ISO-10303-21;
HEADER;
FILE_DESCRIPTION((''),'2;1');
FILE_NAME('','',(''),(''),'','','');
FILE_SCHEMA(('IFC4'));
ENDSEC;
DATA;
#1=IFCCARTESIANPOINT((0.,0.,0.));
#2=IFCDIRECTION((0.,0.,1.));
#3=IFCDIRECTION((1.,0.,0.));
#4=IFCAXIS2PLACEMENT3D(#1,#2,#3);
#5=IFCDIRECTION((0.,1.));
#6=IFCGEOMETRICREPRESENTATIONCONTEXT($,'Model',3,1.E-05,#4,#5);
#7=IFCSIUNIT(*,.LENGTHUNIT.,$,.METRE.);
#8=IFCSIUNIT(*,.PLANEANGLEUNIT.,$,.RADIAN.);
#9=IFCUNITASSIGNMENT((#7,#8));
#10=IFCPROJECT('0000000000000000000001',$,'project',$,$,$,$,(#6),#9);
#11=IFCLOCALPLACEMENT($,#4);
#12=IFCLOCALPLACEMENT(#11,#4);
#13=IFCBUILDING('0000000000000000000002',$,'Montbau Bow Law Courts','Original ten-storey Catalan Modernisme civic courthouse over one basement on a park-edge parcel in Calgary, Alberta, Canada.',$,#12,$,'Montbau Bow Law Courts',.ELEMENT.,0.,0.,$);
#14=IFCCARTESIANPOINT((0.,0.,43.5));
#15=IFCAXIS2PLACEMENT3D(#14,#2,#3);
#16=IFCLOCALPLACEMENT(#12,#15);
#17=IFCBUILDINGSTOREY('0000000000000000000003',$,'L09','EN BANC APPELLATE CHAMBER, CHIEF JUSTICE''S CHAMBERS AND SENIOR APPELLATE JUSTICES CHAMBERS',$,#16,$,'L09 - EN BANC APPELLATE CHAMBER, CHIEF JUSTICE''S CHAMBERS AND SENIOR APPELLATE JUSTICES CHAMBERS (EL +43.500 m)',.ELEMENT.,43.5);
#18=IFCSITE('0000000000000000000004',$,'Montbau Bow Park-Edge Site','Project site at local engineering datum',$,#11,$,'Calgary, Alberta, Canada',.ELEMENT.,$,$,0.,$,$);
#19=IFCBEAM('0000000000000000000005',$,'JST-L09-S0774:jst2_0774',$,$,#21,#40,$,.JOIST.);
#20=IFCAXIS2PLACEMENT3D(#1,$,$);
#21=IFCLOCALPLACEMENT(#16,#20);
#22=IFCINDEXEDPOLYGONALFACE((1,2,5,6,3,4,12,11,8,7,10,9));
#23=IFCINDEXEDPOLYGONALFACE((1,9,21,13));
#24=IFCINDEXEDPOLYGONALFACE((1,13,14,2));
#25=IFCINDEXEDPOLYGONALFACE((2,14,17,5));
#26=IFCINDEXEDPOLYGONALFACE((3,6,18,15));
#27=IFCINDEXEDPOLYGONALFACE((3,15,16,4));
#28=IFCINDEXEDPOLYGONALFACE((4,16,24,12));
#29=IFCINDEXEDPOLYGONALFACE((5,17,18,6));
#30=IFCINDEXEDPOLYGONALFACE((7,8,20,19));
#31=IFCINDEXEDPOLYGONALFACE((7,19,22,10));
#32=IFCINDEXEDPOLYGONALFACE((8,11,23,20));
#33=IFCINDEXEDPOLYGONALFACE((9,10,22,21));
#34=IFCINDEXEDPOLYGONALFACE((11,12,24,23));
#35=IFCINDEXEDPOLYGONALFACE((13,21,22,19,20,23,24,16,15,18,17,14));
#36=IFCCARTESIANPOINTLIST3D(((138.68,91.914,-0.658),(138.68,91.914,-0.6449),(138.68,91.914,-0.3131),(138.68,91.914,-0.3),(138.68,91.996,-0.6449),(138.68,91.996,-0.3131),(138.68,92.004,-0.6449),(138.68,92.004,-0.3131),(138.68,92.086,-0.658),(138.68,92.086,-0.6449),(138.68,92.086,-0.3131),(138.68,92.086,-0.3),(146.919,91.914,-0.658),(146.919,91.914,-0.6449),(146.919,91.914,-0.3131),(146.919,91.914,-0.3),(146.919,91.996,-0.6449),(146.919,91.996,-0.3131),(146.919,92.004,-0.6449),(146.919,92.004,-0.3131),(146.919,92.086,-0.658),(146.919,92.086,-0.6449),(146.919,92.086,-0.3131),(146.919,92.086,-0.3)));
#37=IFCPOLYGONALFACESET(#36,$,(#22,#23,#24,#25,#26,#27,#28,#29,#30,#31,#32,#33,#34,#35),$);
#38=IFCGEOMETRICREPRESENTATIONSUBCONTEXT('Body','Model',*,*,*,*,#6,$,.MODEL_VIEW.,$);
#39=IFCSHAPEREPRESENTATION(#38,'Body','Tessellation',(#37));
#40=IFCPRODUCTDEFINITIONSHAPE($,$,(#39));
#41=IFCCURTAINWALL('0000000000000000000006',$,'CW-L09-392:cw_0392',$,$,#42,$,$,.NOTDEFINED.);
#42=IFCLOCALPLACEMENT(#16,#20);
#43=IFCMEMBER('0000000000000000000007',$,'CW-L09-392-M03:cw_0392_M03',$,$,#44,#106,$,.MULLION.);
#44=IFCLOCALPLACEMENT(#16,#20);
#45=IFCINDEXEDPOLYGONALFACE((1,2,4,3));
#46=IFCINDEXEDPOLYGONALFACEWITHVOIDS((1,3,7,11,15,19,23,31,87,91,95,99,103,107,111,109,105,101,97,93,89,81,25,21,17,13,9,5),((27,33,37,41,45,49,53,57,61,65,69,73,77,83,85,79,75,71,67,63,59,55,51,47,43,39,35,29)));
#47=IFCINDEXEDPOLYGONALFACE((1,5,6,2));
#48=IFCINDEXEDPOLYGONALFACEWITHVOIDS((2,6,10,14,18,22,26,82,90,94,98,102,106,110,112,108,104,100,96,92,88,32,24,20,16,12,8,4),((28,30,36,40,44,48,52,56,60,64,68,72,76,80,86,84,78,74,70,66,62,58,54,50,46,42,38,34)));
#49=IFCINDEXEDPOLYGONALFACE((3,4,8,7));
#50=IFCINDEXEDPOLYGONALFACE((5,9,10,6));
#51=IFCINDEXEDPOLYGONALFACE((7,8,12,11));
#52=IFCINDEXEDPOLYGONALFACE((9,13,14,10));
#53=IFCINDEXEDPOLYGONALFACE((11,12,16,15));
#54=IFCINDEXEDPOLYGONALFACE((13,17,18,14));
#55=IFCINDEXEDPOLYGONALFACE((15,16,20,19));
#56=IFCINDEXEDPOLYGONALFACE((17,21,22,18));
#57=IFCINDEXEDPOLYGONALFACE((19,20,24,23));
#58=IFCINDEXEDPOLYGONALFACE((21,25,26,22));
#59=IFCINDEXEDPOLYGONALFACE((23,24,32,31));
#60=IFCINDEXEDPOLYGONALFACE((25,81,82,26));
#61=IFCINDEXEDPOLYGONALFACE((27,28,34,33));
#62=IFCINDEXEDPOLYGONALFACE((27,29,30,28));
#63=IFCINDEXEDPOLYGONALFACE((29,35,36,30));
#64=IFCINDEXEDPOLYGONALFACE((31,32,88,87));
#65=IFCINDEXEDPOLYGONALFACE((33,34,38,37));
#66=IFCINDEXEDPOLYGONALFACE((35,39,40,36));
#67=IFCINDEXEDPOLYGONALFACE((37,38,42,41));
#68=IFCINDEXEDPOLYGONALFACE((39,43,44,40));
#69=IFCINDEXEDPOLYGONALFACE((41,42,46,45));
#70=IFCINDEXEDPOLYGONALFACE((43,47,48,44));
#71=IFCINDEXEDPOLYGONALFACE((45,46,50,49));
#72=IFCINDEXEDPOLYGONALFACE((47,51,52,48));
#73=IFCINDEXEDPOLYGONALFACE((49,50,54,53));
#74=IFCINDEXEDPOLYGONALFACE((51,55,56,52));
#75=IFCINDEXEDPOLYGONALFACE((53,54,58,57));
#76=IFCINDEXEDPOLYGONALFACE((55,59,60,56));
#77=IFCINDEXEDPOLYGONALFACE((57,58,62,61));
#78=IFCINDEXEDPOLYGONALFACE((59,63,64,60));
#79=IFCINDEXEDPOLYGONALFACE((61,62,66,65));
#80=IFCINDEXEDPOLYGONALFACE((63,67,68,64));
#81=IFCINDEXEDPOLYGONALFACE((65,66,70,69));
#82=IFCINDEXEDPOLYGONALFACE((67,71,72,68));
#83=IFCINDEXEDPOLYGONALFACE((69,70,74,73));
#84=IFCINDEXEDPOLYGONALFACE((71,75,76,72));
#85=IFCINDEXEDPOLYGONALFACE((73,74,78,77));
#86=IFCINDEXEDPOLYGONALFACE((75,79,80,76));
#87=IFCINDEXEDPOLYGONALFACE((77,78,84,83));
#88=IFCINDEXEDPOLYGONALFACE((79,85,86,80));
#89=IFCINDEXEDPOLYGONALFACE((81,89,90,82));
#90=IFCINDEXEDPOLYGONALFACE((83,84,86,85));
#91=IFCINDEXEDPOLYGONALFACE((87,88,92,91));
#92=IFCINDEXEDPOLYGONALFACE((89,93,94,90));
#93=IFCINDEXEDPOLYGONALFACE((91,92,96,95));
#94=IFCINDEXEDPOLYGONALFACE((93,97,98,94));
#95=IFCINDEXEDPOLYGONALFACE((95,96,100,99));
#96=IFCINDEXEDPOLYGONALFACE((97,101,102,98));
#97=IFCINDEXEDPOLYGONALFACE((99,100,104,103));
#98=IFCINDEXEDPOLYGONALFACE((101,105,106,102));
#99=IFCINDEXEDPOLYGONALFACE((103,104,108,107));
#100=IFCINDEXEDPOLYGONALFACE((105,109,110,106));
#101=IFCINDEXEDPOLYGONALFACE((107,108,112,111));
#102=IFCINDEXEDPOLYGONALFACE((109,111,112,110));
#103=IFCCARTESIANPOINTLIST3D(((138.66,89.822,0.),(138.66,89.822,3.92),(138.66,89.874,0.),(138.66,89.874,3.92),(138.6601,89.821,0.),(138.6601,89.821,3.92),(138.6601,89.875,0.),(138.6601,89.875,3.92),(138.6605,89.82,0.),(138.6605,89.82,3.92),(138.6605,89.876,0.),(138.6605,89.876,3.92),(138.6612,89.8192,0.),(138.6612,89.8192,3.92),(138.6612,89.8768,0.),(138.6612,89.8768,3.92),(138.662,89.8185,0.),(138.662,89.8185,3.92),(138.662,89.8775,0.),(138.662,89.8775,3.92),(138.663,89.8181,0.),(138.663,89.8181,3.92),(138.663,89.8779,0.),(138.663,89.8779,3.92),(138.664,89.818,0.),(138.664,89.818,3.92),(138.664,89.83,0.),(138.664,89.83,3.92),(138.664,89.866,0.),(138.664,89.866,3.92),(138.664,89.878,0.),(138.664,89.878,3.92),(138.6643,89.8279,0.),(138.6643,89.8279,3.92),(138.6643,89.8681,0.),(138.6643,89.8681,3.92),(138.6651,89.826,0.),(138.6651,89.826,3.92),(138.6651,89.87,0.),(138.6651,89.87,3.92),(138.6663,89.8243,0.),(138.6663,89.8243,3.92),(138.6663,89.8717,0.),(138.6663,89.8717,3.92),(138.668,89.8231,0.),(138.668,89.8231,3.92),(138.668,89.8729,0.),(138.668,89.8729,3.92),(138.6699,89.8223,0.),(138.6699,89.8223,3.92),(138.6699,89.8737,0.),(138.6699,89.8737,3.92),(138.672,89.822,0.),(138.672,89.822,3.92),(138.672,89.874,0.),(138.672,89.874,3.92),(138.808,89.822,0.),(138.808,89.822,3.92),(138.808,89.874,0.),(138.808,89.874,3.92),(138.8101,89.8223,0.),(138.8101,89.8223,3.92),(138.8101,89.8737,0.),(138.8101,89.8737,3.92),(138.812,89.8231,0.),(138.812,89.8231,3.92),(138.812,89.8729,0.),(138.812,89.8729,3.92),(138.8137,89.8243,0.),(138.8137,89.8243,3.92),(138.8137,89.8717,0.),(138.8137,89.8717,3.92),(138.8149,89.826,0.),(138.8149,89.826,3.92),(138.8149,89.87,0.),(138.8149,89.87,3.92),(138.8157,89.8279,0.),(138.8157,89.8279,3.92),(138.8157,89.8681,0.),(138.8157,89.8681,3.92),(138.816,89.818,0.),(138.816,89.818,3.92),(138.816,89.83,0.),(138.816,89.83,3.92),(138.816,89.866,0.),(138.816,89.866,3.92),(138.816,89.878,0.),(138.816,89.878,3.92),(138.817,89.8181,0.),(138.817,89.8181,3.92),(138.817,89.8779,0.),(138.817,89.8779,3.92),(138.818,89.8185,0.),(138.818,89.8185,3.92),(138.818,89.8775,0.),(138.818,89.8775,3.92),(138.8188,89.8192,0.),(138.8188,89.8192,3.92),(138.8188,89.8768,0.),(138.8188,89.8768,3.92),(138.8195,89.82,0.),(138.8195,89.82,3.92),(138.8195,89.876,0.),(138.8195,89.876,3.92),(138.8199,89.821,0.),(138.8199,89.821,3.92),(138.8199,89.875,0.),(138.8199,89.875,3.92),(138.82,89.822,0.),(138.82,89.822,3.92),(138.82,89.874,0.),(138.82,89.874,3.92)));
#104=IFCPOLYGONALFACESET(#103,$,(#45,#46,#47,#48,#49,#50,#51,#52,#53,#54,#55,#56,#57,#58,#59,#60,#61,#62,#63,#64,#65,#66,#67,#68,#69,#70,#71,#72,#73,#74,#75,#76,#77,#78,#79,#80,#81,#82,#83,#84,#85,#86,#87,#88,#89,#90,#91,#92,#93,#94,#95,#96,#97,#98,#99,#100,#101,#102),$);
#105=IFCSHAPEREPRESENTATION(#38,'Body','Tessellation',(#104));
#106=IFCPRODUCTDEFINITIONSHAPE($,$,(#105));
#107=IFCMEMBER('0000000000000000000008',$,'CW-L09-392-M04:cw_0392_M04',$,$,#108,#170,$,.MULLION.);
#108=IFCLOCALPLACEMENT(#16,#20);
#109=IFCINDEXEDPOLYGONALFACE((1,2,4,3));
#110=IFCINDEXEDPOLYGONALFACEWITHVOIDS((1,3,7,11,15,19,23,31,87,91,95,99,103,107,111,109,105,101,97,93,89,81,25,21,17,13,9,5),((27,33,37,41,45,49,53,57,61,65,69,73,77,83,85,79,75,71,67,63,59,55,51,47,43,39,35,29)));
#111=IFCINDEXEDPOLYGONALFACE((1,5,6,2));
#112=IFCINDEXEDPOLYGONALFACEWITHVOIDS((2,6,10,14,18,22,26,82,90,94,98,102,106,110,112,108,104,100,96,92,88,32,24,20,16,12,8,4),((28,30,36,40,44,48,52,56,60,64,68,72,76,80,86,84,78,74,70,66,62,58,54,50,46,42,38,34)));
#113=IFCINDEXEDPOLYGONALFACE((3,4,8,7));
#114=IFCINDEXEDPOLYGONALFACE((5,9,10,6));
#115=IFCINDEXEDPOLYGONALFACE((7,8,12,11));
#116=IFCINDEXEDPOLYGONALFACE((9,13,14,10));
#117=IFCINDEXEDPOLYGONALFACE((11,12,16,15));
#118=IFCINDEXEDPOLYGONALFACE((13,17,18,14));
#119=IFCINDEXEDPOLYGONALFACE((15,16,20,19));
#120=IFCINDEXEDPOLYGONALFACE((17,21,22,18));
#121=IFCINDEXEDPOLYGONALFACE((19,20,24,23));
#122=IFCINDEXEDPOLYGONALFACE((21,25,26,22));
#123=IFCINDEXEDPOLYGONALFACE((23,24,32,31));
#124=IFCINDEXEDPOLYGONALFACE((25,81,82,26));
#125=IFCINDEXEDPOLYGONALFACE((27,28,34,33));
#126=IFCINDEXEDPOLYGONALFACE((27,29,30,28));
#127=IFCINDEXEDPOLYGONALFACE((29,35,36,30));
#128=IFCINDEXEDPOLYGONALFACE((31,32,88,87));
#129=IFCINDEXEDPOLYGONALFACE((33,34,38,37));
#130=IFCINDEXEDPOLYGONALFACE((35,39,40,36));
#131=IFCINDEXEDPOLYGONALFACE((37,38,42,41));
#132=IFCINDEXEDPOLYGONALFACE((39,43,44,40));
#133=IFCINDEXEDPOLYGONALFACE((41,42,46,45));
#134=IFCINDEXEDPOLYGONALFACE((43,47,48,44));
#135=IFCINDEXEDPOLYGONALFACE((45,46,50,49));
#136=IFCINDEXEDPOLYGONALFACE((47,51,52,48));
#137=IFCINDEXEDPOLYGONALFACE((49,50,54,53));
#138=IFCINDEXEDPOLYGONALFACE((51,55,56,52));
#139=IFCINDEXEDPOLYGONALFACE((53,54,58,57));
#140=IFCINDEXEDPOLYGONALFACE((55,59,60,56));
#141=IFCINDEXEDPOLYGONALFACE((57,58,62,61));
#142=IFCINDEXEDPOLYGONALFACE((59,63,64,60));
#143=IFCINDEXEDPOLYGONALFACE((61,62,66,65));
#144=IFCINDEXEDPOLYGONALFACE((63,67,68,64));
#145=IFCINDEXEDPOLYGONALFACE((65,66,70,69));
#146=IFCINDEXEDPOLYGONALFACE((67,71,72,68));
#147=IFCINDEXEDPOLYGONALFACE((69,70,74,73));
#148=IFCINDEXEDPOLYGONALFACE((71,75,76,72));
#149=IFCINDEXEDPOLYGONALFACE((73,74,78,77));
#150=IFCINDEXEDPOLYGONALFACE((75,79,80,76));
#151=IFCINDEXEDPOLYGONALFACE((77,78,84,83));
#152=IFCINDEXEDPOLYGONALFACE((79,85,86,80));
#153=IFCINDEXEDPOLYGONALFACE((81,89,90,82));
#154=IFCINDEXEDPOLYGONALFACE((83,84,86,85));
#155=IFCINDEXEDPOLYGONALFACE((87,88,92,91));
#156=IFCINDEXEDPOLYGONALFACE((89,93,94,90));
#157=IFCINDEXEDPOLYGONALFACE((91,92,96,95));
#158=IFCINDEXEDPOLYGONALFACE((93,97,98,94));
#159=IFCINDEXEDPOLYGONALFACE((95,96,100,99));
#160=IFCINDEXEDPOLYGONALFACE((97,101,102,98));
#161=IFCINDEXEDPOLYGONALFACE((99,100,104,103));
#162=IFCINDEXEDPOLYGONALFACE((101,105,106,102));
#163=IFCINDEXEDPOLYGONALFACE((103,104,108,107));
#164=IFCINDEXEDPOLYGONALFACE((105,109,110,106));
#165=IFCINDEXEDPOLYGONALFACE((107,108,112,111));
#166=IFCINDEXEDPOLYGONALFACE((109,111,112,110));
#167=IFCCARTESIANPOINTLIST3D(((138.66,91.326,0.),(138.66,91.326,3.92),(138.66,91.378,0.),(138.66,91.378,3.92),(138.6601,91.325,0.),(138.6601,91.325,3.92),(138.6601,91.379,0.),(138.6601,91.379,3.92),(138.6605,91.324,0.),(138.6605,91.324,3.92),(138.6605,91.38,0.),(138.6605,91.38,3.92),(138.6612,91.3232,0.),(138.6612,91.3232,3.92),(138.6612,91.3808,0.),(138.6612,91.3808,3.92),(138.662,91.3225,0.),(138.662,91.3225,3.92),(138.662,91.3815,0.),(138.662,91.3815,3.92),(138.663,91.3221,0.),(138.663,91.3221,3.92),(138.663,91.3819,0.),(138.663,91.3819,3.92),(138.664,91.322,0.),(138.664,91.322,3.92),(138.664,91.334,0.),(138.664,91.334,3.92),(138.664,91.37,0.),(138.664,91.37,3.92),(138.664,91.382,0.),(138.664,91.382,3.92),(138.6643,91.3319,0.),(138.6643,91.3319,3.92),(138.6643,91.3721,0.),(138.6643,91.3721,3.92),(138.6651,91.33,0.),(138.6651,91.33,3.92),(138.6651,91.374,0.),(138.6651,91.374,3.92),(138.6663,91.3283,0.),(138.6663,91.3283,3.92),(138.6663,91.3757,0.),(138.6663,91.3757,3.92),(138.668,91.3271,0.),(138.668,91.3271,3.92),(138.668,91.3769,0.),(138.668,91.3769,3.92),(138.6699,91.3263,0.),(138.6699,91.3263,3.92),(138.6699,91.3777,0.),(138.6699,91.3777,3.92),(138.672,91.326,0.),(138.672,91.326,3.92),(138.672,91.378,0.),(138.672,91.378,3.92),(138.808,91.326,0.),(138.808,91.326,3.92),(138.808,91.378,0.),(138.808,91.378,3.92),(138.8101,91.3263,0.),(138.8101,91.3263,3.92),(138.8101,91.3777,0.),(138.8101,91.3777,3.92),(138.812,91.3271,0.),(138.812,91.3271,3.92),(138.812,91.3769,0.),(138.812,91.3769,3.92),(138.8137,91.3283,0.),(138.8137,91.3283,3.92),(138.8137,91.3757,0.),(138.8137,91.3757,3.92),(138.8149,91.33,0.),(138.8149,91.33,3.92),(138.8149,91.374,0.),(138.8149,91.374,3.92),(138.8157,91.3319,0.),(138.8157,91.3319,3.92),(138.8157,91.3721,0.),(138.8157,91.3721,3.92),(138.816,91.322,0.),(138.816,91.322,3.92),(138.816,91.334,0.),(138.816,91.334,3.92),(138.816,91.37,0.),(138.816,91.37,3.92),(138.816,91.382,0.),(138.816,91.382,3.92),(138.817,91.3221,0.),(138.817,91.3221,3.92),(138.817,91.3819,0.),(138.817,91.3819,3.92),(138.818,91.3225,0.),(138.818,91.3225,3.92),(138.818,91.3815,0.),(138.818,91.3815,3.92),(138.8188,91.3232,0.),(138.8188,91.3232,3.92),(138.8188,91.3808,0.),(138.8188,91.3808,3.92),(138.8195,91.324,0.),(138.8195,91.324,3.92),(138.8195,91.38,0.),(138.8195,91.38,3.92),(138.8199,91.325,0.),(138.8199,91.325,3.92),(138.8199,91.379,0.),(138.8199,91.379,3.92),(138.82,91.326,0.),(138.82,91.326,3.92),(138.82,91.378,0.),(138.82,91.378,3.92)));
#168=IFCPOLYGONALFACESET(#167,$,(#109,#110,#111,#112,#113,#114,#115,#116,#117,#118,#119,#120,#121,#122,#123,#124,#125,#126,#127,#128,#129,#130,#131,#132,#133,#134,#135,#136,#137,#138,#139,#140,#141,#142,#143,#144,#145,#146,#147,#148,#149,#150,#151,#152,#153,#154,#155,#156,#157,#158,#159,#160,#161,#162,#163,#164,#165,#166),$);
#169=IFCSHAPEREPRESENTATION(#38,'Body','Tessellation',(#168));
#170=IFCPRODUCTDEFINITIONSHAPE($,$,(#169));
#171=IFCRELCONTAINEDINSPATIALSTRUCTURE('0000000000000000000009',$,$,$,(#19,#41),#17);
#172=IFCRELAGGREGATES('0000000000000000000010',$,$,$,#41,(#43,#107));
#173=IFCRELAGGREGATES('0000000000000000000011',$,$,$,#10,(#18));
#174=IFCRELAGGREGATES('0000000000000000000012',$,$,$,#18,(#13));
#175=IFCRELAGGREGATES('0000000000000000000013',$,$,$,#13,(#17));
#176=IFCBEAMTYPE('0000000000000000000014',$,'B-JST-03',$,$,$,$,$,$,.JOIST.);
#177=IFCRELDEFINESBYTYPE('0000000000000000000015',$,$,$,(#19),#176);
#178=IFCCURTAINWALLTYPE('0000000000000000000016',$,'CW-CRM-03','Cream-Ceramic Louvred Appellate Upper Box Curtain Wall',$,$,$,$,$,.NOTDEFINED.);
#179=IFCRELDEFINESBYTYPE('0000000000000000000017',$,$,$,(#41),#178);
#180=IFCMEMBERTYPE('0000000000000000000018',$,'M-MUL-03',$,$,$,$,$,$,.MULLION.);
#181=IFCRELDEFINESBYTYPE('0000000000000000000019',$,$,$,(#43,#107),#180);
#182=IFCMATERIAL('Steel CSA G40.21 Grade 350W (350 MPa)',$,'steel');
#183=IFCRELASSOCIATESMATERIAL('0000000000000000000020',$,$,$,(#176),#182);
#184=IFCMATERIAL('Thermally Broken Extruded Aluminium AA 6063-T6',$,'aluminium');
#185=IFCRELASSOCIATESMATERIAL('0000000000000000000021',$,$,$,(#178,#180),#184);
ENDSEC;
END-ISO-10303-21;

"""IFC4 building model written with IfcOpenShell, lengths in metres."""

from ifc_helpers import new_model, si_unit, direction, frame, origin_with_axes, origin_2d_with_axis, place, context, subcontext, project, spatial, hollow_rectangle, i_section, extrude, material, material_profile, profile_set, type_object, element, aggregate, save


model = new_model("IFC4")

# Units and contexts
model_context = context("Model", 3, precision=1e-05, world=origin_with_axes(), true_north=direction((0.0, 1.0)))
body_context = subcontext(model_context, "Body", "Model", "MODEL_VIEW")
ifc_project = project(units=[si_unit("LENGTHUNIT", "METRE"), si_unit("PLANEANGLEUNIT", "RADIAN")], contexts=[model_context])

# Site, building, storey
site_placement = place(None, origin_with_axes())
site = spatial("IfcSite", under=ifc_project, at=site_placement, Name="Montbau Bow Park-Edge Site", Description="Project site at local engineering datum", LongName="Calgary, Alberta, Canada", CompositionType="ELEMENT", RefElevation=0.0)
building_placement = place(site_placement, origin_with_axes())
building = spatial("IfcBuilding", under=site, at=building_placement, Name="Montbau Bow Law Courts", Description="Original ten-storey Catalan Modernisme civic courthouse over one basement on a park-edge parcel in Calgary, Alberta, Canada.", LongName="Montbau Bow Law Courts", CompositionType="ELEMENT", ElevationOfRefHeight=0.0, ElevationOfTerrain=0.0)
storey_placement = place(building_placement, frame((0.0, 0.0, 43.5), z_axis=(0.0, 0.0, 1.0), x_axis=(1.0, 0.0, 0.0)))
storey = spatial("IfcBuildingStorey", under=building, at=storey_placement, Name="L09", Description="EN BANC APPELLATE CHAMBER, CHIEF JUSTICE'S CHAMBERS AND SENIOR APPELLATE JUSTICES CHAMBERS", LongName="L09 - EN BANC APPELLATE CHAMBER, CHIEF JUSTICE'S CHAMBERS AND SENIOR APPELLATE JUSTICES CHAMBERS (EL +43.500 m)", CompositionType="ELEMENT", Elevation=43.5)

# Beam
ifc_material_1 = material(Name="Steel CSA G40.21 Grade 350W (350 MPa)", Category="steel")
ifc_material_profile_1 = material_profile(ifc_material_1, i_section(OverallWidth=0.172, OverallDepth=0.358, WebThickness=0.0079, FlangeThickness=0.0131, at=origin_2d_with_axis()), Name="W360X57", Category="Main", Priority=0)
ifc_profile_set_1 = profile_set([ifc_material_profile_1], Name="Steel CSA G40.21 Grade 350W (350 MPa)")
beam_type = type_object("IfcBeamType", Name="B-JST-03", PredefinedType="JOIST", material=ifc_profile_set_1)
beam_placement = place(None, frame((138.68, 92.0, 43.021), z_axis=(1.0, 0.0, 0.0), x_axis=(0.0, 1.0, 0.0)))
element("IfcBeam", 1, at=beam_placement, inside=storey, type_object=beam_type, Name="JST-L09-S0774:jst2_0774", PredefinedType="JOIST", context=body_context, shape_type="SweptSolid", body=[
    extrude(i_section(OverallWidth=0.172, OverallDepth=0.358, WebThickness=0.0079, FlangeThickness=0.0131, at=origin_2d_with_axis()), origin_with_axes(), (0.0, 0.0, 1.0), 8.239),
])

# Curtain wall, members
ifc_material_2 = material(Name="Thermally Broken Extruded Aluminium AA 6063-T6", Category="aluminium")
curtain_wall_type = type_object("IfcCurtainWallType", Name="CW-CRM-03", Description="Cream-Ceramic Louvred Appellate Upper Box Curtain Wall", PredefinedType="NOTDEFINED", material=ifc_material_2)
curtain_wall_placement = place(None, frame((138.74, 86.84, 43.5), z_axis=(0.0, 0.0, 1.0), x_axis=(1.0, 0.0, 0.0)))
curtain_wall = element("IfcCurtainWall", 2, at=curtain_wall_placement, inside=storey, type_object=curtain_wall_type, Name="CW-L09-392:cw_0392", PredefinedType="NOTDEFINED")
ifc_material_profile_2 = material_profile(ifc_material_2, hollow_rectangle(XDim=0.06, YDim=0.16, WallThickness=0.004, InnerFilletRadius=0.008, OuterFilletRadius=0.004, at=origin_2d_with_axis()), Name="CWM-160X60", Category="Main", Priority=0)
ifc_profile_set_2 = profile_set([ifc_material_profile_2], Name="Thermally Broken Extruded Aluminium AA 6063-T6")
member_type_1 = type_object("IfcMemberType", Name="M-MUL-03", PredefinedType="MULLION", material=ifc_profile_set_2)
member_1_placement = place(None, frame((138.74, 89.848, 43.5), z_axis=(0.0, 0.0, 1.0), x_axis=(0.0, 1.0, 0.0)))
member_1 = element("IfcMember", 3, at=member_1_placement, type_object=member_type_1, Name="CW-L09-392-M03:cw_0392_M03", PredefinedType="MULLION", context=body_context, shape_type="SweptSolid", body=[
    extrude(hollow_rectangle(XDim=0.06, YDim=0.16, WallThickness=0.004, InnerFilletRadius=0.008, OuterFilletRadius=0.004, at=origin_2d_with_axis()), origin_with_axes(), (0.0, 0.0, 1.0), 3.92),
])
member_2_placement = place(None, frame((138.74, 91.352, 43.5), z_axis=(0.0, 0.0, 1.0), x_axis=(0.0, 1.0, 0.0)))
member_2 = element("IfcMember", 4, at=member_2_placement, type_object=member_type_1, Name="CW-L09-392-M04:cw_0392_M04", PredefinedType="MULLION", context=body_context, shape_type="SweptSolid", body=[
    extrude(hollow_rectangle(XDim=0.06, YDim=0.16, WallThickness=0.004, InnerFilletRadius=0.008, OuterFilletRadius=0.004, at=origin_2d_with_axis()), origin_with_axes(), (0.0, 0.0, 1.0), 3.92),
])
aggregate(curtain_wall, [member_1, member_2])

save(model, "model.ifc")
